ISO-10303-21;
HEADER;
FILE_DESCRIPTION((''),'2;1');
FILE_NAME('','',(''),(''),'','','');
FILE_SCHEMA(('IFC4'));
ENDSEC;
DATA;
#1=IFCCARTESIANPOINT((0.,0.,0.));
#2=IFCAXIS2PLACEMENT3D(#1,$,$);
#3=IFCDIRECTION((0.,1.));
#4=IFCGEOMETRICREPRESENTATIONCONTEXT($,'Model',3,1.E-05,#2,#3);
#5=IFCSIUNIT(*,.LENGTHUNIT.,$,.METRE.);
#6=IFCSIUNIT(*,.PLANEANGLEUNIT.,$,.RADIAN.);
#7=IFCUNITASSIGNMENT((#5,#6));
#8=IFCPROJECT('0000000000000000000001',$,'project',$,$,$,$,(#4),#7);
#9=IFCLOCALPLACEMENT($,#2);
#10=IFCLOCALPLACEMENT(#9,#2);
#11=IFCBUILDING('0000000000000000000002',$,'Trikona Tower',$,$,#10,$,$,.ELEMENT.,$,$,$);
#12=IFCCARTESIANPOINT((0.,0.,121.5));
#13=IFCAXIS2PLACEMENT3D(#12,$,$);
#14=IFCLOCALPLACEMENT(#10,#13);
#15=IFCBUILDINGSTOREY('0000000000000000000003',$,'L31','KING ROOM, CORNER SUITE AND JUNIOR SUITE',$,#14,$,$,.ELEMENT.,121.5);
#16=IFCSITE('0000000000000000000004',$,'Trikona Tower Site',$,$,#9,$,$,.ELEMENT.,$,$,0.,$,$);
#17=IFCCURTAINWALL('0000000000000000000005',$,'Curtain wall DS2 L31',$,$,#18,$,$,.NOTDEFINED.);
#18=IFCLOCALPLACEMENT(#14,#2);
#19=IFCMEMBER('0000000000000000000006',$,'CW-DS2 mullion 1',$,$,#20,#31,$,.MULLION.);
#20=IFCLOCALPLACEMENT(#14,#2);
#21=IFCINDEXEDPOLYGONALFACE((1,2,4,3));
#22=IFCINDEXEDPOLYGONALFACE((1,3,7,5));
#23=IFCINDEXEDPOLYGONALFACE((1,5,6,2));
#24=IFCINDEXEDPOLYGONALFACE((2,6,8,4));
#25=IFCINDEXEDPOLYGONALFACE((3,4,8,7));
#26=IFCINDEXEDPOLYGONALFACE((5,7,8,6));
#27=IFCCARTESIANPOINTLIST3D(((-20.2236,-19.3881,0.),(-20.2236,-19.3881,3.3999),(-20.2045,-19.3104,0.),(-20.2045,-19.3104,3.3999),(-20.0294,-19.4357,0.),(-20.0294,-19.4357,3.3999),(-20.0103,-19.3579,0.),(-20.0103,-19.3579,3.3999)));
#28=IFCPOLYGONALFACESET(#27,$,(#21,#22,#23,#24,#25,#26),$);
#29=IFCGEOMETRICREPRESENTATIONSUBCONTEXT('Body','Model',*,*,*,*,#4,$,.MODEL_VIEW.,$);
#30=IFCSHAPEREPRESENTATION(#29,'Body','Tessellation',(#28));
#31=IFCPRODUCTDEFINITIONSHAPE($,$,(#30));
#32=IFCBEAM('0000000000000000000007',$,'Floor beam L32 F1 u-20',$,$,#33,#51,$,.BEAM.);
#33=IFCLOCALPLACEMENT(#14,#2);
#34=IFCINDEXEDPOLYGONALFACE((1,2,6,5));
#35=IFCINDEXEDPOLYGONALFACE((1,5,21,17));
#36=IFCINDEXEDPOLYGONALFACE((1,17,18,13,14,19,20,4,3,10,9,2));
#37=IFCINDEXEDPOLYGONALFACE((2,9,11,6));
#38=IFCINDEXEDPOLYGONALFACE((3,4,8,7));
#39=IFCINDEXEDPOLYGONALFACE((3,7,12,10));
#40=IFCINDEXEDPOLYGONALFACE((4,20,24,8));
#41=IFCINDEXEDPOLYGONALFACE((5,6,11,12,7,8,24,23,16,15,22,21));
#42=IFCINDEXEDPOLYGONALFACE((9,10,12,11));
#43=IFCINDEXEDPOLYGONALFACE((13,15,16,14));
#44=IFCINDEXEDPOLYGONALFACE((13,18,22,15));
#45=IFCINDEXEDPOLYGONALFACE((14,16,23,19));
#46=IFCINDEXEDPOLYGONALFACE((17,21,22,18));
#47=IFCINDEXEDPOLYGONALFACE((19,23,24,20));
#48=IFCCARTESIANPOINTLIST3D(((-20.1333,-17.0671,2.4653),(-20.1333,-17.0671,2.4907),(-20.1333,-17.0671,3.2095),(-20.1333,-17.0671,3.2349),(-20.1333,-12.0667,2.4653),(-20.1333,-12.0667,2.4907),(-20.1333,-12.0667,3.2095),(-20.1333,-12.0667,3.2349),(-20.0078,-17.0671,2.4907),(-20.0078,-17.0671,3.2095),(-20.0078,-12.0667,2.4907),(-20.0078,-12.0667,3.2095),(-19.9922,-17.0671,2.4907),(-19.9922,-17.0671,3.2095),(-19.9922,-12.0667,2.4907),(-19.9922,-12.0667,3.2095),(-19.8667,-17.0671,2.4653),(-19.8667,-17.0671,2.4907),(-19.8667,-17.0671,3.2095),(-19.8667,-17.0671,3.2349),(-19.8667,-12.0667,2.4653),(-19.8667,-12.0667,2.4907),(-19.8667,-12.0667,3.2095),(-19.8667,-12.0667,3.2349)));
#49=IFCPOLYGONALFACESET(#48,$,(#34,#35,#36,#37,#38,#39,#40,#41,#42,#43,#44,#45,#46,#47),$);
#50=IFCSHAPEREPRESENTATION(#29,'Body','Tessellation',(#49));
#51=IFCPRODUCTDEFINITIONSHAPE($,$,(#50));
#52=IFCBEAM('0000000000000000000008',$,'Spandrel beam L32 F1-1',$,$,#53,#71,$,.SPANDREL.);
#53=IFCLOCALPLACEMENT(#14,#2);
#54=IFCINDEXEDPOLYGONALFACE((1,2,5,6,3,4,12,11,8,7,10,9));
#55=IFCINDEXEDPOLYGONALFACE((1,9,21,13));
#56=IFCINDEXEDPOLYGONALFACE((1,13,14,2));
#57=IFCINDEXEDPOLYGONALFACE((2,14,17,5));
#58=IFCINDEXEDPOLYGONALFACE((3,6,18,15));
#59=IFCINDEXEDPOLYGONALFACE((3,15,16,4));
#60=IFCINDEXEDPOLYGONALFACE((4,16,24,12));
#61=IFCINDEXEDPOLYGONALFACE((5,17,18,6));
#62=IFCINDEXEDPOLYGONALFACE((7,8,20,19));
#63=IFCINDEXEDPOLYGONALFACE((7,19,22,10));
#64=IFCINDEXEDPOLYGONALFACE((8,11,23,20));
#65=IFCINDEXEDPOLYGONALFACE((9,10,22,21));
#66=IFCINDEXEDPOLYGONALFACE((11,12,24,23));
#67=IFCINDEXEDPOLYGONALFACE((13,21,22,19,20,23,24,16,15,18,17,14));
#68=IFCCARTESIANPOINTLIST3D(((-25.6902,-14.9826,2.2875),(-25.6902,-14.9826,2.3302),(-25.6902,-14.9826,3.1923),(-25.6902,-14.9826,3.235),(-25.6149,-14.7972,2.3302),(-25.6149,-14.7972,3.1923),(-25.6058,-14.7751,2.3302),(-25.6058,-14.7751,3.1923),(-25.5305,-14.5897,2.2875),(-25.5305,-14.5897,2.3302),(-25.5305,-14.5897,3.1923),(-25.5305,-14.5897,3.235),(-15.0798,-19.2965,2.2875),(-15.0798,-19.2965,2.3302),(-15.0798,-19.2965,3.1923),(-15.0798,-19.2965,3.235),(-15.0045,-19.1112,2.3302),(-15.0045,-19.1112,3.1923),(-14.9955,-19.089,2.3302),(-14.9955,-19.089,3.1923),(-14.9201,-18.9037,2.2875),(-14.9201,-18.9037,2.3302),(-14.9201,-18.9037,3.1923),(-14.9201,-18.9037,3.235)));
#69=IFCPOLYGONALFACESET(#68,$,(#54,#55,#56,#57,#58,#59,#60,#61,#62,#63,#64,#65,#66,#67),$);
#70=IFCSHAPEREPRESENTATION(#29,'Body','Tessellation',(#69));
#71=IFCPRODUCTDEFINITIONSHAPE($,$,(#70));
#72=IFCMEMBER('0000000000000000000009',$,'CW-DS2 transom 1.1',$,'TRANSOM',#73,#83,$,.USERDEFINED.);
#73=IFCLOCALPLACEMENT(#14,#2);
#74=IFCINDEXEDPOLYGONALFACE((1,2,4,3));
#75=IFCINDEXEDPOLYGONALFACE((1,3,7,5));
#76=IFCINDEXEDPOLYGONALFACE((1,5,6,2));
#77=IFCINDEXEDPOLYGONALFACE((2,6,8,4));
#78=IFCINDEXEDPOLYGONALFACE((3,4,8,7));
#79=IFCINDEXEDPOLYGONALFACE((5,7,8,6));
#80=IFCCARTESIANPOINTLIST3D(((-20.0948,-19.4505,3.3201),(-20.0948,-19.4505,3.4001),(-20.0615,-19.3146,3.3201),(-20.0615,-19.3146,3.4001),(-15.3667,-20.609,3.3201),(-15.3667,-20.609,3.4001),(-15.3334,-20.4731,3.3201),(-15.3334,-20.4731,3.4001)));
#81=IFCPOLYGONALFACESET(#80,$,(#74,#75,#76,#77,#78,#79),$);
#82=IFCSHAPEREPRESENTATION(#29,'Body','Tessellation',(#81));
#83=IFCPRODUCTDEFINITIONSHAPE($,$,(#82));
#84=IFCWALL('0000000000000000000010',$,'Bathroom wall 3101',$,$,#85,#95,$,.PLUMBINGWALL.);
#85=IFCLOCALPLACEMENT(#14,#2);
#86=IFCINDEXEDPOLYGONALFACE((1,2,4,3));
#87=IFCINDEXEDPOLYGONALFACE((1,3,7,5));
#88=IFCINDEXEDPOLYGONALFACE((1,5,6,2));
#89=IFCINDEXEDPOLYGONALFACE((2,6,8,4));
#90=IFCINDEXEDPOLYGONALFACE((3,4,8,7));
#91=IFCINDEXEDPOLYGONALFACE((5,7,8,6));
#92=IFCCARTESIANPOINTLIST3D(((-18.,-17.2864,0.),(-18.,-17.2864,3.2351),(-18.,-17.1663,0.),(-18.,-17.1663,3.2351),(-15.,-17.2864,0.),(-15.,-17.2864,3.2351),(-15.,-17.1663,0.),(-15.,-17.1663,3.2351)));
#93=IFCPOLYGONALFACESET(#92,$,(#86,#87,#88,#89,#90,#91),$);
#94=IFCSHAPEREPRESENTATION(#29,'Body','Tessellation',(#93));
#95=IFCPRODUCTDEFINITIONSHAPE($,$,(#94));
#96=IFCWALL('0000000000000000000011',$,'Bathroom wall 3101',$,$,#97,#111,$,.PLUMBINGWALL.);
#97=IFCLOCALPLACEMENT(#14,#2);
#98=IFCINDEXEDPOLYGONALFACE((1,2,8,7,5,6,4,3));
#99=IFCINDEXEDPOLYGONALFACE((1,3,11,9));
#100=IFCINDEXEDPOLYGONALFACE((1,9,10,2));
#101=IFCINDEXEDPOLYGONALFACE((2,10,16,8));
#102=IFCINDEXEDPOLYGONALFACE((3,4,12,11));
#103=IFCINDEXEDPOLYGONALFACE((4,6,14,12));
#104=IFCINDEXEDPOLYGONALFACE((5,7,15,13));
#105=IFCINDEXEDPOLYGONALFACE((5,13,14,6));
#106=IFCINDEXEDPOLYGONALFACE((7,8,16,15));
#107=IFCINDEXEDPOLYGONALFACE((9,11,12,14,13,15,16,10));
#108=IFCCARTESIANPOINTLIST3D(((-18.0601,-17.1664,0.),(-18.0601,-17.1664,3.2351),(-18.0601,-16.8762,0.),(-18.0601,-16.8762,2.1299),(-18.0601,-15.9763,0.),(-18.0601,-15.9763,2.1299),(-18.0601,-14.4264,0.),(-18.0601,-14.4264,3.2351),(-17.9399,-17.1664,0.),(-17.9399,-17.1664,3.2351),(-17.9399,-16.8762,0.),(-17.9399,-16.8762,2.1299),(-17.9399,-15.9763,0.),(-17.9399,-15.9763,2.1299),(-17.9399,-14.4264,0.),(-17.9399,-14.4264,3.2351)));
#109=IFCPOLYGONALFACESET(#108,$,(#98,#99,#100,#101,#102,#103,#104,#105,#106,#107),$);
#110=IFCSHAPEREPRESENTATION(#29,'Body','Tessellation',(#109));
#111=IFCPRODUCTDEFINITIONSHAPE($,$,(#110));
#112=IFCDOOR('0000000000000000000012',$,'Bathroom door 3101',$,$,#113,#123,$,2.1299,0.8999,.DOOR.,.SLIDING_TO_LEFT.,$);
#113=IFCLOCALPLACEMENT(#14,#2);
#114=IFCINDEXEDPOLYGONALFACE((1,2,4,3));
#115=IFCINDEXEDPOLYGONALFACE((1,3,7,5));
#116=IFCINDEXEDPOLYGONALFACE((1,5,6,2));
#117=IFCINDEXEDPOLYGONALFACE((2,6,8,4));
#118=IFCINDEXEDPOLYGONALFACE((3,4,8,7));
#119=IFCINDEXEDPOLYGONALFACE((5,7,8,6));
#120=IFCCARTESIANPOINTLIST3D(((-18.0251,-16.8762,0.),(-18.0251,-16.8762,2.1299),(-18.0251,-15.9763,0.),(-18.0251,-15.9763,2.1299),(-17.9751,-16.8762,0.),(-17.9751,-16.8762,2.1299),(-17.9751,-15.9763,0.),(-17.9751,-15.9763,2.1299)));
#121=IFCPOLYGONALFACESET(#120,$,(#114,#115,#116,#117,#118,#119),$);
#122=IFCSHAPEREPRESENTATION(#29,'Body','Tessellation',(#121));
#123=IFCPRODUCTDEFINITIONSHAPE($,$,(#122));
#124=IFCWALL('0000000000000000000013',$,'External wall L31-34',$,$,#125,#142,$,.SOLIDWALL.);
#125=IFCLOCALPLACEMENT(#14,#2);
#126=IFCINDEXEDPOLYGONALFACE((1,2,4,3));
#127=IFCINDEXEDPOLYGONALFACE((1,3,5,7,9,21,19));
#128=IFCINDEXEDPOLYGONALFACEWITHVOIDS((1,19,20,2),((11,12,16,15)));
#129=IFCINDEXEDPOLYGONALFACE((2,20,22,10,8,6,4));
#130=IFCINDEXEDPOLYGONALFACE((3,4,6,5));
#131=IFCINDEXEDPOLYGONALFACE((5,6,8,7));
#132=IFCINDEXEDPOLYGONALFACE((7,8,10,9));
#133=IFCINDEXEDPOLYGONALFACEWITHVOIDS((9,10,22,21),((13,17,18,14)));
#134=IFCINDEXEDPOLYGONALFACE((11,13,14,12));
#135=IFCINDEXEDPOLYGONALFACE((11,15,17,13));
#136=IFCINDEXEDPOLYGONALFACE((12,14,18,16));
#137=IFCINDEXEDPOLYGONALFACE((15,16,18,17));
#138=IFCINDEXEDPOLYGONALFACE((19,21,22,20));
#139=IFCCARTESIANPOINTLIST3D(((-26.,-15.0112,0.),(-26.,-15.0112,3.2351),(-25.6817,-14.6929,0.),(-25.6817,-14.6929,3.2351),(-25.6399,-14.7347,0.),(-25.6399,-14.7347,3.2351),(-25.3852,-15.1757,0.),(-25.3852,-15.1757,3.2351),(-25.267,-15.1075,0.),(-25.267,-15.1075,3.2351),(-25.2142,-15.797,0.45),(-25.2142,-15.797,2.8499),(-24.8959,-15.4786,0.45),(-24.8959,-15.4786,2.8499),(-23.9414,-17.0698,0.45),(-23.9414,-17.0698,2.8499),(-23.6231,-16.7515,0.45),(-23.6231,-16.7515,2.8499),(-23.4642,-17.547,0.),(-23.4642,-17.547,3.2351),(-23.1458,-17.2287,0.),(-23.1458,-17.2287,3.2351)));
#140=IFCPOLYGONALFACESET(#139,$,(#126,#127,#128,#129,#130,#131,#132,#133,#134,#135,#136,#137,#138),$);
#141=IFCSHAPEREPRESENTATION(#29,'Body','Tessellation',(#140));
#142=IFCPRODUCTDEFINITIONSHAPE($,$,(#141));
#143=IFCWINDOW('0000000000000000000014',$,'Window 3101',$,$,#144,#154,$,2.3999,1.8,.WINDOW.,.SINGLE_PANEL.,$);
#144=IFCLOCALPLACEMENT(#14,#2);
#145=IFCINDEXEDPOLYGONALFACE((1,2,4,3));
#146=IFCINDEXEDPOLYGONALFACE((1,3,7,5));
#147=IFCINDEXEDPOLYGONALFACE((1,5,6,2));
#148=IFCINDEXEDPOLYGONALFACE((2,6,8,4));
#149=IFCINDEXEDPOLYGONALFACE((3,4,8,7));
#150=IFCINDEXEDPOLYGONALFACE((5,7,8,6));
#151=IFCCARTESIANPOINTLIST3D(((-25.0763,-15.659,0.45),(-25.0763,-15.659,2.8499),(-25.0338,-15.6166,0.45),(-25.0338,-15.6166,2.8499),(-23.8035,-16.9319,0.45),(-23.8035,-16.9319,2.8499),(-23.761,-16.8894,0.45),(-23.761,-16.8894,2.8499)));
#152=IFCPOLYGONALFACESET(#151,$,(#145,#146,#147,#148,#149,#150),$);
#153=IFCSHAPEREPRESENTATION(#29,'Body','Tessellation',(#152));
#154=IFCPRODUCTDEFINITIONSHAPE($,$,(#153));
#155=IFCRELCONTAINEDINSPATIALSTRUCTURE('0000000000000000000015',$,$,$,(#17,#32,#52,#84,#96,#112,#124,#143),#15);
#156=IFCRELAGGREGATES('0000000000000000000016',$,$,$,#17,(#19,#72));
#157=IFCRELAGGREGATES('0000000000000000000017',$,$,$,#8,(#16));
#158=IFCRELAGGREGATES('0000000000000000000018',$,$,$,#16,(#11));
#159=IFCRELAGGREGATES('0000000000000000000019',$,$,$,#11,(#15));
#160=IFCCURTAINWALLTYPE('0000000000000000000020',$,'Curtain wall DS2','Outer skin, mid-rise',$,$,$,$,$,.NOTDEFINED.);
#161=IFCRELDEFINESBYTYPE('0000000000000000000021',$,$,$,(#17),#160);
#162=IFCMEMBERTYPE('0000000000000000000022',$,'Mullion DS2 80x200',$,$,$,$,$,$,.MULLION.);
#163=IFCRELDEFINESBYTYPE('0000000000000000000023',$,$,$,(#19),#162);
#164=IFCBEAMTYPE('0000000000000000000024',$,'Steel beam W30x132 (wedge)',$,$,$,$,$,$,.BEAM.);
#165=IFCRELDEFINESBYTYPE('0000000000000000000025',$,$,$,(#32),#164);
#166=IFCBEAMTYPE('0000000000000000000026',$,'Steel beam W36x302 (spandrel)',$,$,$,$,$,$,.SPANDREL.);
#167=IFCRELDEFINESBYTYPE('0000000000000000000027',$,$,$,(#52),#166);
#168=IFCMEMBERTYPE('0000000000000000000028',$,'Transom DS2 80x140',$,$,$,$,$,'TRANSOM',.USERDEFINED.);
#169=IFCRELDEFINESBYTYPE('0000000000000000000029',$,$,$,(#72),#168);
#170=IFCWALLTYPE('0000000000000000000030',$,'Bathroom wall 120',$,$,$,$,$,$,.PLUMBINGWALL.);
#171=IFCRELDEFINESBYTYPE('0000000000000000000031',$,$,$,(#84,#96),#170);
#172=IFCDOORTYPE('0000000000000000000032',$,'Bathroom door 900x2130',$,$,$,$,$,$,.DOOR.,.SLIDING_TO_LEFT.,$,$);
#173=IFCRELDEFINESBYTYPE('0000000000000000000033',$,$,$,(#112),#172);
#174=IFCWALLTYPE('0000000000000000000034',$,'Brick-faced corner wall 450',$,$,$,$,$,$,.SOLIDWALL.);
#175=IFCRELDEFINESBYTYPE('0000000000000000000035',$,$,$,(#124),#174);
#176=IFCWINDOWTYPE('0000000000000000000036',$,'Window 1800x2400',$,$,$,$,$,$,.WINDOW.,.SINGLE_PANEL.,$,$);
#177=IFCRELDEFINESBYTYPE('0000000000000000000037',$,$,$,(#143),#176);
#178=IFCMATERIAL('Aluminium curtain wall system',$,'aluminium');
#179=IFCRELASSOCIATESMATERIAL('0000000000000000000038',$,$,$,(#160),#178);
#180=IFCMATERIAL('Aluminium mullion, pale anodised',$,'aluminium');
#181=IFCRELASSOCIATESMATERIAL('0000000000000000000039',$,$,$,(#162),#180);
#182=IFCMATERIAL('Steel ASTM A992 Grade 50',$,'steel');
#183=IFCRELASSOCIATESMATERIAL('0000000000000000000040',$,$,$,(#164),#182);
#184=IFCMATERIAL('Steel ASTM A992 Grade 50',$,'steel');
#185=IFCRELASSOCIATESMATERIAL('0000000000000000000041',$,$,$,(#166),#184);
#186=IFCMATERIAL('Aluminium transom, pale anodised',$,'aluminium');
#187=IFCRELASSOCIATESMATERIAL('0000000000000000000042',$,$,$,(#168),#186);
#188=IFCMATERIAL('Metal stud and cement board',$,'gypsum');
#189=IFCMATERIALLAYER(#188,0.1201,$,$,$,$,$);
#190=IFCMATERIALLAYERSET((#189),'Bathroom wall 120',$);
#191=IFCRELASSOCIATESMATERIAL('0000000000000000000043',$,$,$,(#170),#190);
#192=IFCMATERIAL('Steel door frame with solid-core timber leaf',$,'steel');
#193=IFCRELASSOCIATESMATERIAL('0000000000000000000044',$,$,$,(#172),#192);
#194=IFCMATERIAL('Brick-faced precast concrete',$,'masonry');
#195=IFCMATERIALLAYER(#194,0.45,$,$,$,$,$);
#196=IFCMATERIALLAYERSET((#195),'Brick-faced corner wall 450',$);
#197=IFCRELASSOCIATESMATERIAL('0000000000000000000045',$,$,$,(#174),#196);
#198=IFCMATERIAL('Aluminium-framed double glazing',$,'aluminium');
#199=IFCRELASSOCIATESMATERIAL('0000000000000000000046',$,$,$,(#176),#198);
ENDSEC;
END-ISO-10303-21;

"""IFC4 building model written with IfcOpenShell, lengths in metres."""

from ifc_helpers import new_model, si_unit, direction, frame, frame_2d, origin, origin_2d, place, context, subcontext, project, spatial, polyline, rectangle, i_section, outline, extrude, material, layer, layer_set, material_profile, profile_set, type_object, element, fill, aggregate, save


model = new_model("IFC4")

# Units and contexts
model_context = context("Model", 3, precision=1e-05, world=origin(), true_north=direction((0.0, 1.0)))
body_context = subcontext(model_context, "Body", "Model", "MODEL_VIEW")
ifc_project = project(units=[si_unit("LENGTHUNIT", "METRE"), si_unit("PLANEANGLEUNIT", "RADIAN")], contexts=[model_context])

# Site, building, storey
site_placement = place(None, origin())
site = spatial("IfcSite", under=ifc_project, at=site_placement, Name="Trikona Tower Site", CompositionType="ELEMENT", RefElevation=0.0)
building_placement = place(site_placement, origin())
building = spatial("IfcBuilding", under=site, at=building_placement, Name="Trikona Tower", CompositionType="ELEMENT")
storey_placement = place(building_placement, frame((0.0, 0.0, 121.5)))
storey = spatial("IfcBuildingStorey", under=building, at=storey_placement, Name="L31", Description="KING ROOM, CORNER SUITE AND JUNIOR SUITE", CompositionType="ELEMENT", Elevation=121.5)

# Curtain wall, member
ifc_material_1 = material(Name="Aluminium curtain wall system", Category="aluminium")
curtain_wall_type = type_object("IfcCurtainWallType", Name="Curtain wall DS2", Description="Outer skin, mid-rise", PredefinedType="NOTDEFINED", material=ifc_material_1)
curtain_wall_placement = place(storey_placement, origin())
curtain_wall = element("IfcCurtainWall", 1, at=curtain_wall_placement, inside=storey, type_object=curtain_wall_type, Name="Curtain wall DS2 L31", PredefinedType="NOTDEFINED")
ifc_material_2 = material(Name="Aluminium mullion, pale anodised", Category="aluminium")
ifc_material_profile_1 = material_profile(ifc_material_2, rectangle(XDim=0.0801, YDim=0.2, at=origin_2d()), Name="MUL-DS2")
ifc_profile_set_1 = profile_set([ifc_material_profile_1], Name="Aluminium mullion, pale anodised")
member_type_1 = type_object("IfcMemberType", Name="Mullion DS2 80x200", PredefinedType="MULLION", material=ifc_profile_set_1)
member_1_placement = place(storey_placement, frame((-20.1169, -19.373, 0.0), z_axis=(0.0, 0.0, 1.0), x_axis=(0.23797, 0.971272, 0.0)))
member_1 = element("IfcMember", 2, at=member_1_placement, type_object=member_type_1, Name="CW-DS2 mullion 1", PredefinedType="MULLION", context=body_context, shape_type="SweptSolid", body=[
    extrude(rectangle(XDim=0.0801, YDim=0.2, at=origin_2d()), origin(), (0.0, 0.0, 1.0), 3.3999),
])

# Beams
ifc_material_3 = material(Name="Steel ASTM A992 Grade 50", Category="steel")
ifc_material_profile_2 = material_profile(ifc_material_3, i_section(OverallWidth=0.2666, OverallDepth=0.7695, WebThickness=0.0156, FlangeThickness=0.0254, at=origin_2d()), Name="W30X132")
ifc_profile_set_2 = profile_set([ifc_material_profile_2], Name="Steel ASTM A992 Grade 50")
beam_type_1 = type_object("IfcBeamType", Name="Steel beam W30x132 (wedge)", PredefinedType="BEAM", material=ifc_profile_set_2)
beam_1_placement = place(storey_placement, frame((-20.0, -12.0667, 2.8501), z_axis=(0.0, -1.0, 0.0), x_axis=(1.0, 0.0, 0.0)))
element("IfcBeam", 3, at=beam_1_placement, inside=storey, type_object=beam_type_1, Name="Floor beam L32 F1 u-20", PredefinedType="BEAM", context=body_context, shape_type="SweptSolid", body=[
    extrude(i_section(OverallWidth=0.2666, OverallDepth=0.7695, WebThickness=0.0156, FlangeThickness=0.0254, at=origin_2d()), origin(), (0.0, 0.0, 1.0), 5.0005),
])
ifc_material_4 = material(Name="Steel ASTM A992 Grade 50", Category="steel")
ifc_material_profile_3 = material_profile(ifc_material_4, i_section(OverallWidth=0.4241, OverallDepth=0.9475, WebThickness=0.0239, FlangeThickness=0.0427, at=origin_2d()), Name="W36X302")
ifc_profile_set_3 = profile_set([ifc_material_profile_3], Name="Steel ASTM A992 Grade 50")
beam_type_2 = type_object("IfcBeamType", Name="Steel beam W36x302 (spandrel)", PredefinedType="SPANDREL", material=ifc_profile_set_3)
beam_2_placement = place(storey_placement, frame((-25.6104, -14.7861, 2.7612), z_axis=(0.92636, -0.37664, 0.0), x_axis=(0.37664, 0.92636, 0.0)))
element("IfcBeam", 4, at=beam_2_placement, inside=storey, type_object=beam_type_2, Name="Spandrel beam L32 F1-1", PredefinedType="SPANDREL", context=body_context, shape_type="SweptSolid", body=[
    extrude(i_section(OverallWidth=0.4241, OverallDepth=0.9475, WebThickness=0.0239, FlangeThickness=0.0427, at=origin_2d()), origin(), (0.0, 0.0, 1.0), 11.4539),
])

# Member
ifc_material_5 = material(Name="Aluminium transom, pale anodised", Category="aluminium")
ifc_material_profile_4 = material_profile(ifc_material_5, rectangle(XDim=0.1399, YDim=0.0801, at=origin_2d()), Name="TRN-DS2")
ifc_profile_set_4 = profile_set([ifc_material_profile_4], Name="Aluminium transom, pale anodised")
member_type_2 = type_object("IfcMemberType", Name="Transom DS2 80x140", ElementType="TRANSOM", PredefinedType="USERDEFINED", material=ifc_profile_set_4)
member_2_placement = place(storey_placement, frame((-20.0781, -19.3826, 3.3601), z_axis=(0.971271, -0.237978, 0.0), x_axis=(0.237978, 0.971271, 0.0)))
member_2 = element("IfcMember", 5, at=member_2_placement, type_object=member_type_2, Name="CW-DS2 transom 1.1", ObjectType="TRANSOM", PredefinedType="USERDEFINED", context=body_context, shape_type="SweptSolid", body=[
    extrude(rectangle(XDim=0.1399, YDim=0.0801, at=origin_2d()), origin(), (0.0, 0.0, 1.0), 4.8679),
])
aggregate(curtain_wall, [member_1, member_2])

# Wall
ifc_material_6 = material(Name="Metal stud and cement board", Category="gypsum")
ifc_layer_1 = layer(ifc_material_6, 0.1201)
ifc_layer_set_1 = layer_set([ifc_layer_1], Name="Bathroom wall 120")
wall_type_1 = type_object("IfcWallType", Name="Bathroom wall 120", PredefinedType="PLUMBINGWALL", material=ifc_layer_set_1)
wall_1_placement = place(storey_placement, frame((-18.0, -17.2263, 0.0), z_axis=(0.0, 0.0, 1.0), x_axis=(1.0, 0.0, 0.0)))
element("IfcWall", 6, at=wall_1_placement, inside=storey, type_object=wall_type_1, Name="Bathroom wall 3101", PredefinedType="PLUMBINGWALL", context=body_context, shape_type="SweptSolid", body=[
    extrude(rectangle(XDim=3.0, YDim=0.1201, at=frame_2d((1.5, 0.0))), origin(), (0.0, 0.0, 1.0), 3.2351),
])

# Wall, opening, door
wall_2_placement = place(storey_placement, frame((-18.0, -14.4263, 0.0), z_axis=(0.0, 0.0, 1.0), x_axis=(0.0, -1.0, 0.0)))
wall_2 = element("IfcWall", 7, at=wall_2_placement, inside=storey, type_object=wall_type_1, Name="Bathroom wall 3101", PredefinedType="PLUMBINGWALL", context=body_context, shape_type="SweptSolid", body=[
    extrude(rectangle(XDim=2.74, YDim=0.1201, at=frame_2d((1.3701, 0.0))), origin(), (0.0, 0.0, 1.0), 3.2351),
])
opening_1_placement = place(wall_2_placement, frame((1.55, 0.0, 0.0)))
opening_1 = element("IfcOpeningElement", 8, at=opening_1_placement, cuts=wall_2, PredefinedType="OPENING", context=body_context, shape_type="SweptSolid", body=[
    extrude(rectangle(XDim=0.8999, YDim=2.1299, at=frame_2d((0.45, 1.0649))), frame((0.0, 0.0701, 0.0), z_axis=(0.0, -1.0, 0.0), x_axis=(1.0, 0.0, 0.0)), (0.0, 0.0, 1.0), 0.1401),
])
ifc_material_7 = material(Name="Steel door frame with solid-core timber leaf", Category="steel")
door_type_1 = type_object("IfcDoorType", Name="Bathroom door 900x2130", OperationType="SLIDING_TO_LEFT", PredefinedType="DOOR", material=ifc_material_7)
door_1_placement = place(opening_1_placement, origin())
door_1 = element("IfcDoor", 9, at=door_1_placement, inside=storey, type_object=door_type_1, Name="Bathroom door 3101", OperationType="SLIDING_TO_LEFT", OverallHeight=2.1299, OverallWidth=0.8999, PredefinedType="DOOR", context=body_context, shape_type="SweptSolid", body=[
    extrude(rectangle(XDim=0.8999, YDim=2.1299, at=frame_2d((0.45, 1.0649))), frame((0.0, 0.0249, 0.0), z_axis=(0.0, -1.0, 0.0), x_axis=(1.0, 0.0, 0.0)), (0.0, 0.0, 1.0), 0.05),
])
fill(opening_1, door_1)

# Wall, opening, window
ifc_material_8 = material(Name="Brick-faced precast concrete", Category="masonry")
ifc_layer_2 = layer(ifc_material_8, 0.45)
ifc_layer_set_2 = layer_set([ifc_layer_2], Name="Brick-faced corner wall 450")
wall_type_2 = type_object("IfcWallType", Name="Brick-faced corner wall 450", PredefinedType="SOLIDWALL", material=ifc_layer_set_2)
wall_3_placement = place(storey_placement, frame((-25.8408, -14.8521, 0.0), z_axis=(0.0, 0.0, 1.0), x_axis=(0.707107, -0.707107, 0.0)))
wall_3 = element("IfcWall", 10, at=wall_3_placement, inside=storey, type_object=wall_type_2, Name="External wall L31-34", PredefinedType="SOLIDWALL", context=body_context, shape_type="SweptSolid", body=[
    extrude(outline(polyline([(3.5862, 0.2251), (0.5864, 0.2251), (0.551, 0.0933), (0.0591, 0.2251), (0.0, 0.2251), (0.0, -0.2251), (3.5862, -0.2251), (3.5862, 0.2251)])), origin(), (0.0, 0.0, 1.0), 3.2351),
])
opening_2_placement = place(wall_3_placement, frame((1.1113, 0.0, 0.45)))
opening_2 = element("IfcOpeningElement", 11, at=opening_2_placement, cuts=wall_3, PredefinedType="OPENING", context=body_context, shape_type="SweptSolid", body=[
    extrude(rectangle(XDim=1.8, YDim=2.3999, at=frame_2d((0.8999, 1.2))), frame((0.0, 0.2349, 0.0), z_axis=(0.0, -1.0, 0.0), x_axis=(1.0, 0.0, 0.0)), (0.0, 0.0, 1.0), 0.47),
])
ifc_material_9 = material(Name="Aluminium-framed double glazing", Category="aluminium")
window_type_1 = type_object("IfcWindowType", Name="Window 1800x2400", PartitioningType="SINGLE_PANEL", PredefinedType="WINDOW", material=ifc_material_9)
window_1_placement = place(opening_2_placement, origin())
window_1 = element("IfcWindow", 12, at=window_1_placement, inside=storey, type_object=window_type_1, Name="Window 3101", OverallHeight=2.3999, OverallWidth=1.8, PartitioningType="SINGLE_PANEL", PredefinedType="WINDOW", context=body_context, shape_type="SweptSolid", body=[
    extrude(rectangle(XDim=1.8, YDim=2.3999, at=frame_2d((0.8999, 1.2))), frame((0.0, 0.03, 0.0), z_axis=(0.0, -1.0, 0.0), x_axis=(1.0, 0.0, 0.0)), (0.0, 0.0, 1.0), 0.0601),
])
fill(opening_2, window_1)

save(model, "model.ifc")
